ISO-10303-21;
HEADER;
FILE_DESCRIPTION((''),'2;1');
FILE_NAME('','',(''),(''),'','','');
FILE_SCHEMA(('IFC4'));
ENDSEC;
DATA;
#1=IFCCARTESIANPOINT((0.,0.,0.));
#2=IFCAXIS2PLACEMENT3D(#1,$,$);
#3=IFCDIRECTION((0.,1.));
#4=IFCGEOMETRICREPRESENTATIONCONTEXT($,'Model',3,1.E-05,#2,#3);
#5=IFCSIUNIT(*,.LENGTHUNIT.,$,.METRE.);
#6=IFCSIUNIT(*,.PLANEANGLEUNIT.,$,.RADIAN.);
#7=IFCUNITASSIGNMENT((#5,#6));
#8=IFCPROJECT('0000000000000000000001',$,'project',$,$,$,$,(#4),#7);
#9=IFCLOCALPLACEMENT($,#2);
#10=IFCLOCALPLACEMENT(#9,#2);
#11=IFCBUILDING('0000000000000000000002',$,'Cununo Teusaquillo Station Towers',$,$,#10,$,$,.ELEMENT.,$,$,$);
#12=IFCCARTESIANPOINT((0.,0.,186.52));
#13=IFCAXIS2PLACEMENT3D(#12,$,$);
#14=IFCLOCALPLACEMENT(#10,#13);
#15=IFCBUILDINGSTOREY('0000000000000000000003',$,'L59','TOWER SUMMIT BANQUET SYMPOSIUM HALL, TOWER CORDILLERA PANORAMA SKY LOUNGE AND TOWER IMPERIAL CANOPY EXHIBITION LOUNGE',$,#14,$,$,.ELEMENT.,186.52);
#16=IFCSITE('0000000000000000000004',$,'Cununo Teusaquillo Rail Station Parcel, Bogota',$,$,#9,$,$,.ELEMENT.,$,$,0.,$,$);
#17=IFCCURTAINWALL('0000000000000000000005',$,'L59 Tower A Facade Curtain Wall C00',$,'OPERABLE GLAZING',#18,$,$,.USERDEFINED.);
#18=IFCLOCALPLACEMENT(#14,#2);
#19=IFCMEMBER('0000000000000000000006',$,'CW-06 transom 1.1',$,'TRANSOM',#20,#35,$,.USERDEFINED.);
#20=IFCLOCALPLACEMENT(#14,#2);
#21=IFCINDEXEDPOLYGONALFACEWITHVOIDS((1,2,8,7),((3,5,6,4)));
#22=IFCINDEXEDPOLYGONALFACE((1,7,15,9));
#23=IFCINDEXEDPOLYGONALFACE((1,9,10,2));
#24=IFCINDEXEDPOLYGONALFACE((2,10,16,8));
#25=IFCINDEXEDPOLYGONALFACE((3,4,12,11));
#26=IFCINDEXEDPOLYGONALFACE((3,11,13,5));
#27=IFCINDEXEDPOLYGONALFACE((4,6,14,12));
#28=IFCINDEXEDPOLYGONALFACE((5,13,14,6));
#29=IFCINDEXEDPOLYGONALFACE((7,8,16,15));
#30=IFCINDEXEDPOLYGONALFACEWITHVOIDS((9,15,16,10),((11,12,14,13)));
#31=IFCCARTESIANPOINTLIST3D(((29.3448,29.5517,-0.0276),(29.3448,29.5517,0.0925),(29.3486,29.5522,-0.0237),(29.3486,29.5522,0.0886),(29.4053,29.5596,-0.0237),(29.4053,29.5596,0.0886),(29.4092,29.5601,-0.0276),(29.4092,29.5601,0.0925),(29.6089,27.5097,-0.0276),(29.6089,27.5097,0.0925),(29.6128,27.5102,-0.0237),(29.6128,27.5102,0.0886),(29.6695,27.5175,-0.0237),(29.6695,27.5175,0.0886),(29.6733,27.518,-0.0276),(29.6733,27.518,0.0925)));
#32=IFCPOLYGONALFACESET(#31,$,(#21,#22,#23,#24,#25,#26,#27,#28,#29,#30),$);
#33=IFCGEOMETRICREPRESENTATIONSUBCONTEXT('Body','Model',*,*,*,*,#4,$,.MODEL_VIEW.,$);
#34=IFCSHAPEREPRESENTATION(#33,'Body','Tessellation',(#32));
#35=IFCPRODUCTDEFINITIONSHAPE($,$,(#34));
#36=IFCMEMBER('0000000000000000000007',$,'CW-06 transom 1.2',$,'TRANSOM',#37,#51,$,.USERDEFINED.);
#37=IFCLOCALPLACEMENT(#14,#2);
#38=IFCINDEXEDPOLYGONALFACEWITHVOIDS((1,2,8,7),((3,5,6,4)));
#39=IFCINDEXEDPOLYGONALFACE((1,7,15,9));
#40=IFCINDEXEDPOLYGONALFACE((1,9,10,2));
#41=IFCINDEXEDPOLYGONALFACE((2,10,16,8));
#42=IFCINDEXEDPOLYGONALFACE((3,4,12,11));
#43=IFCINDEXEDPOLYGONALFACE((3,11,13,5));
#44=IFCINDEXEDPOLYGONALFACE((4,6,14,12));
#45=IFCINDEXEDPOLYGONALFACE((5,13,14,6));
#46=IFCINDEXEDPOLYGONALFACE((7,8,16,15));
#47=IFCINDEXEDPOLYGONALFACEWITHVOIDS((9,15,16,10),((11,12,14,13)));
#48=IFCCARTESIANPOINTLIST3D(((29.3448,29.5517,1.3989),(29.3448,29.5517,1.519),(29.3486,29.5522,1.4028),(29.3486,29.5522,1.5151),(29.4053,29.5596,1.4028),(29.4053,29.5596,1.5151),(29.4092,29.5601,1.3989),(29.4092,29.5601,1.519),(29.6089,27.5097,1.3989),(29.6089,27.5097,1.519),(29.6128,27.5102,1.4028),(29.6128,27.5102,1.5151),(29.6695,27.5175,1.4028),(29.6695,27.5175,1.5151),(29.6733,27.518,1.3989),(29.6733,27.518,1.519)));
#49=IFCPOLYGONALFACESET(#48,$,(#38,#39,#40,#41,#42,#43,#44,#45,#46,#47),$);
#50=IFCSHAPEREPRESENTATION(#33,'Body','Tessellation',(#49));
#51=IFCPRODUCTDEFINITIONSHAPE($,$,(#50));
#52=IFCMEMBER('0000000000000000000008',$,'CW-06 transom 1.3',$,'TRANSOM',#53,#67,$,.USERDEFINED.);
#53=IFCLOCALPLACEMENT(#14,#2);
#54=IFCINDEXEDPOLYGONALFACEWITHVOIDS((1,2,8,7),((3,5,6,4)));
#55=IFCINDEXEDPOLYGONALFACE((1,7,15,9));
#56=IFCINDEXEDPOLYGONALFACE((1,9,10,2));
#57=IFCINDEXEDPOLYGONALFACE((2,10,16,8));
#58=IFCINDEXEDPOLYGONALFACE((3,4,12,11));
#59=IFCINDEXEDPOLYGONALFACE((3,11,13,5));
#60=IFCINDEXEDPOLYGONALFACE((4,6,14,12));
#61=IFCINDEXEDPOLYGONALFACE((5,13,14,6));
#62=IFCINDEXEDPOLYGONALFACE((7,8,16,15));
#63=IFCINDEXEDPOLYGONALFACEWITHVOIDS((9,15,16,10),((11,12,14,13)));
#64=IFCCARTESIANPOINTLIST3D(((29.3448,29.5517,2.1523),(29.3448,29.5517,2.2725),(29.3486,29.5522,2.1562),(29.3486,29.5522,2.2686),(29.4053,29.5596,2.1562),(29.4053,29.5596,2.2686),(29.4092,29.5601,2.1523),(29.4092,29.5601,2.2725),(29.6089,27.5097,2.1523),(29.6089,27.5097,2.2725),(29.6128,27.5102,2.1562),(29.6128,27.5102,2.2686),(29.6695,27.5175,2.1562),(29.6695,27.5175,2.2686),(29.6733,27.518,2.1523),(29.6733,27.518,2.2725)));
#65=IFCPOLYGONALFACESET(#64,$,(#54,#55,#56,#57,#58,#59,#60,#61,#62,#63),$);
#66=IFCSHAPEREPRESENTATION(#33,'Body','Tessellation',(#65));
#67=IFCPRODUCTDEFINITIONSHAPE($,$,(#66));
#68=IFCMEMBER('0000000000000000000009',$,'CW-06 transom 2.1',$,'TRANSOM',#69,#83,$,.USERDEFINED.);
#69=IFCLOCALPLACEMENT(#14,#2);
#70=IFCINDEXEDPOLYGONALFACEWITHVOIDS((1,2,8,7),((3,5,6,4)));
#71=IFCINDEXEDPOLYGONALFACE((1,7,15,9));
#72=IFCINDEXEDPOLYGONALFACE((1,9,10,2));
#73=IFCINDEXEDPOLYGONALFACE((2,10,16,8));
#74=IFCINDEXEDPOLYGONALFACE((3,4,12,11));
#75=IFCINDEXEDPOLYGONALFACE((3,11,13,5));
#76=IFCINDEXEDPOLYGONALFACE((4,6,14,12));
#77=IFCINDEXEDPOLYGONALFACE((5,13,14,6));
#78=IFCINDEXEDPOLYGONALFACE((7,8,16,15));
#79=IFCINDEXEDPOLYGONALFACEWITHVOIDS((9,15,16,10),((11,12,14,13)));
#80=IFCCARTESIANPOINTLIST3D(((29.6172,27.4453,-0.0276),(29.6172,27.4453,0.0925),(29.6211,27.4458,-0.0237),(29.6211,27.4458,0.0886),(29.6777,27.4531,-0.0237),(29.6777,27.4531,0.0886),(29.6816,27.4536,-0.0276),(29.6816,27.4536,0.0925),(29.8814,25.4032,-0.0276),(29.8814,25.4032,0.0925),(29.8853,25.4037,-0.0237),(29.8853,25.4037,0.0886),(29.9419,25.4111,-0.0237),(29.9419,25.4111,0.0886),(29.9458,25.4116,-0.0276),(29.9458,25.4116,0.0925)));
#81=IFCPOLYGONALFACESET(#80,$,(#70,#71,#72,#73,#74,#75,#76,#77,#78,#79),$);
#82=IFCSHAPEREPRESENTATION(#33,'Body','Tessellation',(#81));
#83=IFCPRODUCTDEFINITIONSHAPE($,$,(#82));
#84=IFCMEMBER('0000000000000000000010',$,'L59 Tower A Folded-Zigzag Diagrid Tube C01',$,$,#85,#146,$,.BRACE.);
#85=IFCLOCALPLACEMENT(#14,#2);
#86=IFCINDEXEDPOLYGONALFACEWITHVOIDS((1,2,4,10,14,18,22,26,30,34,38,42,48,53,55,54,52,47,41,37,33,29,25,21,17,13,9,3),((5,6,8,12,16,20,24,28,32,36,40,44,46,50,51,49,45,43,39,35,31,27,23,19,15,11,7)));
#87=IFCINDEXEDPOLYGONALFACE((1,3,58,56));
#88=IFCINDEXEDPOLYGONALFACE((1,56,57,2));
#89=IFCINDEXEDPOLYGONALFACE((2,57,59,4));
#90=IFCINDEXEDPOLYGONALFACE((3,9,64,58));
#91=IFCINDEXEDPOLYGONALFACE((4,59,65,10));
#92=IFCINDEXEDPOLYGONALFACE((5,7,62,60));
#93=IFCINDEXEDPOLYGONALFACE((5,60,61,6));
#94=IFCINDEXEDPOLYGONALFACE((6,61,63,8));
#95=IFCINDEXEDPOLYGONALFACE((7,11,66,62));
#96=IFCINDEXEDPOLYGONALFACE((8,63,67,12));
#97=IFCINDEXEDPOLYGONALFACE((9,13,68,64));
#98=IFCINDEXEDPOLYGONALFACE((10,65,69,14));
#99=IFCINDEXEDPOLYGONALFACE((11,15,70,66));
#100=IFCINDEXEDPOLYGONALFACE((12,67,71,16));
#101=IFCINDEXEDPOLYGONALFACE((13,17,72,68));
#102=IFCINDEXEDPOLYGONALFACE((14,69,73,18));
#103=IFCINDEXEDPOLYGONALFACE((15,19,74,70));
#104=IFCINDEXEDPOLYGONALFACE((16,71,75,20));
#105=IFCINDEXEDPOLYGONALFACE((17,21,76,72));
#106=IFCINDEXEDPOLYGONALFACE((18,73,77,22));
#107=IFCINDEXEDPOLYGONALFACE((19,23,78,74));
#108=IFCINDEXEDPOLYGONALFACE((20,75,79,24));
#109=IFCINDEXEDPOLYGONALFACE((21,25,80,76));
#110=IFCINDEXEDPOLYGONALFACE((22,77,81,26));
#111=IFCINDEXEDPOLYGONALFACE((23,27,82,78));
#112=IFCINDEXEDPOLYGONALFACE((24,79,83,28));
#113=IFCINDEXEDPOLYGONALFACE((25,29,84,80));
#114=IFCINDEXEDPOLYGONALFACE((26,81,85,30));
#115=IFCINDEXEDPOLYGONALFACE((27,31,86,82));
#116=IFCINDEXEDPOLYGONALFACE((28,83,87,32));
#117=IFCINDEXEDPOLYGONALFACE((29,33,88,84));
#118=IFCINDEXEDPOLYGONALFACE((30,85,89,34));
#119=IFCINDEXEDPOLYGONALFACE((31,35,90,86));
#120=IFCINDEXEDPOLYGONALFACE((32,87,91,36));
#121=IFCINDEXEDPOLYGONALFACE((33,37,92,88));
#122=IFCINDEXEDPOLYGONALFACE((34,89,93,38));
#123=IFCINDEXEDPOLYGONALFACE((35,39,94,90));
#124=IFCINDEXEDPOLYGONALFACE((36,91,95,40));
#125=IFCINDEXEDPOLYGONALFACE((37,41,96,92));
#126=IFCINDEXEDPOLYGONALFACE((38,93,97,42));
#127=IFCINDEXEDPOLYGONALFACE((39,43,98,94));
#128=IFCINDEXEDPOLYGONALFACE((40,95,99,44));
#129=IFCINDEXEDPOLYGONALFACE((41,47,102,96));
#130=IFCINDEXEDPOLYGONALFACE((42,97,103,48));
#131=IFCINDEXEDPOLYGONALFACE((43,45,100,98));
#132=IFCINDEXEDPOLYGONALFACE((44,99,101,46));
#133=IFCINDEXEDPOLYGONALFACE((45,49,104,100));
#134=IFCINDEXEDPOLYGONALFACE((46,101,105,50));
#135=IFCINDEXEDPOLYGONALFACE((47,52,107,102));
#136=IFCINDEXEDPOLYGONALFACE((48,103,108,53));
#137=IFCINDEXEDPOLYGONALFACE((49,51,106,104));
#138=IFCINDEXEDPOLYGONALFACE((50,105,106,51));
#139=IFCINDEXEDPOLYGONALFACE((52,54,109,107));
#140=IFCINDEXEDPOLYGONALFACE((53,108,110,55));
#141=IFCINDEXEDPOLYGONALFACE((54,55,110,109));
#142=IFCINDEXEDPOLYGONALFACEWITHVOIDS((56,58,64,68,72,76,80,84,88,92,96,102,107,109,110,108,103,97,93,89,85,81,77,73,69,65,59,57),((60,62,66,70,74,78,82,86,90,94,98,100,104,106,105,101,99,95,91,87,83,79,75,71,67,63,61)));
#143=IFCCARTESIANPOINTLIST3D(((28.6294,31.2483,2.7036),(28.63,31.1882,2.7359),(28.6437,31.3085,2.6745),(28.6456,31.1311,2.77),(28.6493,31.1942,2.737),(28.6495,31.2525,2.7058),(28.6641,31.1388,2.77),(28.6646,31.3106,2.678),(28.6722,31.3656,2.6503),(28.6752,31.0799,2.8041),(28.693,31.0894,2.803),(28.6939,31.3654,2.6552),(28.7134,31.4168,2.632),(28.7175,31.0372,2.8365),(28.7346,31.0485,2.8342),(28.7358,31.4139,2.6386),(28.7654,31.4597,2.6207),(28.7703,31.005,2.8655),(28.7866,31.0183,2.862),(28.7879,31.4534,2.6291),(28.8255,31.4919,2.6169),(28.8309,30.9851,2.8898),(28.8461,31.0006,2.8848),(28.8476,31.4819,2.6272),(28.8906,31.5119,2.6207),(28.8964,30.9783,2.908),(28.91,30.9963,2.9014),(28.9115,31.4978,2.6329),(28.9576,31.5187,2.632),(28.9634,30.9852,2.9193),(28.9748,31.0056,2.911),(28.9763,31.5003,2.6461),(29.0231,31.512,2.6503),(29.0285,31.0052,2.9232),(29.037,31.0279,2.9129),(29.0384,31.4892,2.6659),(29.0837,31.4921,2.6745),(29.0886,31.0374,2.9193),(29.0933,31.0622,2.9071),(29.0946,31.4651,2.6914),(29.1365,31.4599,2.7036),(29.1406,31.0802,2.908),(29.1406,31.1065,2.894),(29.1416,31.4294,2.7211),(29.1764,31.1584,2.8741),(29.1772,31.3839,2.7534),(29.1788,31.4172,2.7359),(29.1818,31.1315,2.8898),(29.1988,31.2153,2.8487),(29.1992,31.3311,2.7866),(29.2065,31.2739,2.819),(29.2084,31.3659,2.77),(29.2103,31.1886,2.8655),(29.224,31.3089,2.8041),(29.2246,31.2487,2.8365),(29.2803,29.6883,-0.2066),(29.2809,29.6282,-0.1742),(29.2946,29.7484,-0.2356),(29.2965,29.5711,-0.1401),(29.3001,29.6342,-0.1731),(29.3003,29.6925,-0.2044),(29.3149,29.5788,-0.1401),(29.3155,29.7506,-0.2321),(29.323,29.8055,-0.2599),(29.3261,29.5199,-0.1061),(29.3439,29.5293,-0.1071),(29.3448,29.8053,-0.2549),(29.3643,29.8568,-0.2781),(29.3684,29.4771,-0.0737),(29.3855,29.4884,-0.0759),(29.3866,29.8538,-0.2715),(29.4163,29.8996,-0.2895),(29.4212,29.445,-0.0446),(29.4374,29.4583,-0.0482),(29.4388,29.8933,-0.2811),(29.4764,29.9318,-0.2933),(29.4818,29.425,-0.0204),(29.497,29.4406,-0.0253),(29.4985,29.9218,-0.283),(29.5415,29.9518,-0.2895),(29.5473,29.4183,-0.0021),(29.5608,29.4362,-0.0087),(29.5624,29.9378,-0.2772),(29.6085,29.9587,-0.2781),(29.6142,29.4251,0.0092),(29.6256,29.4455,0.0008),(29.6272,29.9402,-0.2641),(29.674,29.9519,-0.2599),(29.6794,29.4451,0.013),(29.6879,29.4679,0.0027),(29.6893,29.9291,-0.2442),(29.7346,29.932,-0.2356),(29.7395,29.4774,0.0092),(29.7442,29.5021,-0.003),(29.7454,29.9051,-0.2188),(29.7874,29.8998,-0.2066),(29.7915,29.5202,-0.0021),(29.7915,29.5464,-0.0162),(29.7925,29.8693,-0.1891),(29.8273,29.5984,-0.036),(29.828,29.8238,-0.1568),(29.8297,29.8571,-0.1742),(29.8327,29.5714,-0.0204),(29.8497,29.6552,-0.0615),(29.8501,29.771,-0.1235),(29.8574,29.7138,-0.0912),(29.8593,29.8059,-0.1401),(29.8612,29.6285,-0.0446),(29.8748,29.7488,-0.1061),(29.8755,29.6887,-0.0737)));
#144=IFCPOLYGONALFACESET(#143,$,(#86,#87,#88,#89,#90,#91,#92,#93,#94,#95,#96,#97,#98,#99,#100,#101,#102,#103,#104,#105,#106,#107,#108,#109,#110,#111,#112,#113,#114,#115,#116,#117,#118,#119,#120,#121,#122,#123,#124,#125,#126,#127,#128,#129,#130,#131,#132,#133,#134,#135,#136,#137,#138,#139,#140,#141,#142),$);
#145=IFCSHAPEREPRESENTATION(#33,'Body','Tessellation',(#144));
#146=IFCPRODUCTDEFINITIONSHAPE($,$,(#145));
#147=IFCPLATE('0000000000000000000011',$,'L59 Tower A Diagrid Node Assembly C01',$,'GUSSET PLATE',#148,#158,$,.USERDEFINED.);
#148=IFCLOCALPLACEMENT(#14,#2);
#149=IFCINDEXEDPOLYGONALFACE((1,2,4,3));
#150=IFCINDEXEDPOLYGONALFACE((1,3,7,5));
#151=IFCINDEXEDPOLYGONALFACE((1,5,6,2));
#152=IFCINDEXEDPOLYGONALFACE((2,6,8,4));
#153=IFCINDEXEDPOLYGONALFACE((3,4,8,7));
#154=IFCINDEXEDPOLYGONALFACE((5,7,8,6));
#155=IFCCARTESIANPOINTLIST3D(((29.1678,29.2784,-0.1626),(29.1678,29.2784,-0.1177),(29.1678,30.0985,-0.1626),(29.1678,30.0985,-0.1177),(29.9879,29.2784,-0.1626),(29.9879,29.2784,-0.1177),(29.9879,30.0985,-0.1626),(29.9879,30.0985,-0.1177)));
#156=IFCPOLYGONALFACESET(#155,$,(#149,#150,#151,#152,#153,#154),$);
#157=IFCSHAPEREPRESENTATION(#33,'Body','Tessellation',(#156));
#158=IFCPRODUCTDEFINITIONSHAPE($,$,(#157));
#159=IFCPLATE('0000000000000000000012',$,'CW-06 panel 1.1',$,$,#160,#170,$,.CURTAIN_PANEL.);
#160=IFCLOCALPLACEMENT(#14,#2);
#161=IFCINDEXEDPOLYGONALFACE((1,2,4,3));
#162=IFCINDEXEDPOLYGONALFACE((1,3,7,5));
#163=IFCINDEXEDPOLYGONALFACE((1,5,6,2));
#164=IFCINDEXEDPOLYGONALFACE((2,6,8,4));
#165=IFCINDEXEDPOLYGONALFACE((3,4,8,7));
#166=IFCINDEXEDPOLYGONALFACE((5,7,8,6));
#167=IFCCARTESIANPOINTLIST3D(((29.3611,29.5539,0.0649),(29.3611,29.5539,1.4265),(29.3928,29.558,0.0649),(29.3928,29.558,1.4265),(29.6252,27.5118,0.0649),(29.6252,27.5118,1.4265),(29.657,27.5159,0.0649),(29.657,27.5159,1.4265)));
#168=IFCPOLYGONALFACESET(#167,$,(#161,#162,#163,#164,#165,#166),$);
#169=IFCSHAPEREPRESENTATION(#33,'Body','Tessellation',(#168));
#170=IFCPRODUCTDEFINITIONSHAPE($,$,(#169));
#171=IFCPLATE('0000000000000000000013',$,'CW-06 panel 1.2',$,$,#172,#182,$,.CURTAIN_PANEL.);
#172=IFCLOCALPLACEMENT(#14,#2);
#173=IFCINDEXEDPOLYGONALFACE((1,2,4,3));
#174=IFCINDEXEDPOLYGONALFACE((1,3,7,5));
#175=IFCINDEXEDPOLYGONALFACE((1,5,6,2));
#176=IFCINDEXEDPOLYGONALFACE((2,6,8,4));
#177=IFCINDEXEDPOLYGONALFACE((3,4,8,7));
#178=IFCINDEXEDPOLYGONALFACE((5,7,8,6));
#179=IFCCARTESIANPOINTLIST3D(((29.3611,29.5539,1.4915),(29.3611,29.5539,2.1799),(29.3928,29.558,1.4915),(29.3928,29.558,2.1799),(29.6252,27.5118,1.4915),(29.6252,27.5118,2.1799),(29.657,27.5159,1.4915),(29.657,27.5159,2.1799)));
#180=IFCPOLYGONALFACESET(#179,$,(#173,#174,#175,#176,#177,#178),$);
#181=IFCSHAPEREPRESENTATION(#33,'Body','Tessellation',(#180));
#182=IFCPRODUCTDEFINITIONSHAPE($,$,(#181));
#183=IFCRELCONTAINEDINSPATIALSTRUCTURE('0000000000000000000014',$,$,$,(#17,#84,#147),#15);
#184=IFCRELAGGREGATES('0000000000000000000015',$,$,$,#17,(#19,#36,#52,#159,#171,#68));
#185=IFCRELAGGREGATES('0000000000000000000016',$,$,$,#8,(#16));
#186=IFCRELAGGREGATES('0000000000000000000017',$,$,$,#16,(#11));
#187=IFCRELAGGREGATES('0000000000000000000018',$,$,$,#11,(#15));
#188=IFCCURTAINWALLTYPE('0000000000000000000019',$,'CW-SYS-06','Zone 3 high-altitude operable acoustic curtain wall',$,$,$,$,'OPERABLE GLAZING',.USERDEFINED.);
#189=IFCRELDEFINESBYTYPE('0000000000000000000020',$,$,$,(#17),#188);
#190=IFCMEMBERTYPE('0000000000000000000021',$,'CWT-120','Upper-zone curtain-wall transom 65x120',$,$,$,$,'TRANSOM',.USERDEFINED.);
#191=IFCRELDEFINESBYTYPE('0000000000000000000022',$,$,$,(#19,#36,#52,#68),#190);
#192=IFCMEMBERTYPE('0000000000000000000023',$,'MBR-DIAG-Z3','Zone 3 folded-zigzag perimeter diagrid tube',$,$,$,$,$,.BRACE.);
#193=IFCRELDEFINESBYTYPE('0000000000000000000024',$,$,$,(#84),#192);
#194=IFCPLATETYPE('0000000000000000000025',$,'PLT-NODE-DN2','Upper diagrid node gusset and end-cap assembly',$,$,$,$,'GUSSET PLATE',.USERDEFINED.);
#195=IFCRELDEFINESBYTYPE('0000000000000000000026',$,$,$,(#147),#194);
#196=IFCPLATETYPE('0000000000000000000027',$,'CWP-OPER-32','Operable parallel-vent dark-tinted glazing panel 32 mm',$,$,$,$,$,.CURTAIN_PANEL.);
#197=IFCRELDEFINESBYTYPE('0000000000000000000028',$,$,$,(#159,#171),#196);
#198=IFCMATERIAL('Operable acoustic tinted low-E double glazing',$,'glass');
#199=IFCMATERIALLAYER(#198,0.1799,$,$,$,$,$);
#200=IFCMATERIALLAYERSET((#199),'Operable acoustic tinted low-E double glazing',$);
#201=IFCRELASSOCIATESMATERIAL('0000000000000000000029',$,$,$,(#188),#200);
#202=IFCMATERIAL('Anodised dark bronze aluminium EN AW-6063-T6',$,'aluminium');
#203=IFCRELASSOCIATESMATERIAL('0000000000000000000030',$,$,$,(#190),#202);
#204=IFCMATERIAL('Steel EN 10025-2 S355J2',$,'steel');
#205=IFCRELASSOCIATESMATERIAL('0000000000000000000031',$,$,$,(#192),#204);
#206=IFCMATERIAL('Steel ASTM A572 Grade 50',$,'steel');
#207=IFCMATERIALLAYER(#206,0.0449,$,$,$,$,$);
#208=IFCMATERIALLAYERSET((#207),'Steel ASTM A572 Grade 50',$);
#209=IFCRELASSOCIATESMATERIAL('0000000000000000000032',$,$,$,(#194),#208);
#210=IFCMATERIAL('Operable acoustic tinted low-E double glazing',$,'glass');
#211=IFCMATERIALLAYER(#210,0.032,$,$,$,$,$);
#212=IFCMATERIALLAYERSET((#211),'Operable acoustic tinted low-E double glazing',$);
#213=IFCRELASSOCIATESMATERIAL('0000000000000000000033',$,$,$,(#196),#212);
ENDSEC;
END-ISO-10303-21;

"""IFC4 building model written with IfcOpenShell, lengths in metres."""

from ifc_helpers import new_model, si_unit, direction, frame, origin, origin_2d, place, context, subcontext, project, spatial, rectangle, hollow_rectangle, hollow_circle, extrude, source, transform, mapped, material, layer, layer_set, material_profile, profile_set, type_object, element, aggregate, save


model = new_model("IFC4")

# Units and contexts
model_context = context("Model", 3, precision=1e-05, world=origin(), true_north=direction((0.0, 1.0)))
body_context = subcontext(model_context, "Body", "Model", "MODEL_VIEW")
ifc_project = project(units=[si_unit("LENGTHUNIT", "METRE"), si_unit("PLANEANGLEUNIT", "RADIAN")], contexts=[model_context])

# Site, building, storey
site_placement = place(None, origin())
site = spatial("IfcSite", under=ifc_project, at=site_placement, Name="Cununo Teusaquillo Rail Station Parcel, Bogota", CompositionType="ELEMENT", RefElevation=0.0)
building_placement = place(site_placement, origin())
building = spatial("IfcBuilding", under=site, at=building_placement, Name="Cununo Teusaquillo Station Towers", CompositionType="ELEMENT")
storey_placement = place(building_placement, frame((0.0, 0.0, 186.52)))
storey = spatial("IfcBuildingStorey", under=building, at=storey_placement, Name="L59", Description="TOWER SUMMIT BANQUET SYMPOSIUM HALL, TOWER CORDILLERA PANORAMA SKY LOUNGE AND TOWER IMPERIAL CANOPY EXHIBITION LOUNGE", CompositionType="ELEMENT", Elevation=186.52)

# Curtain wall, members
ifc_material_1 = material(Name="Operable acoustic tinted low-E double glazing", Category="glass")
ifc_layer_1 = layer(ifc_material_1, 0.1799)
ifc_layer_set_1 = layer_set([ifc_layer_1], Name="Operable acoustic tinted low-E double glazing")
curtain_wall_type = type_object("IfcCurtainWallType", Name="CW-SYS-06", Description="Zone 3 high-altitude operable acoustic curtain wall", ElementType="OPERABLE GLAZING", PredefinedType="USERDEFINED", material=ifc_layer_set_1)
curtain_wall_placement = place(storey_placement, origin())
curtain_wall = element("IfcCurtainWall", 1, at=curtain_wall_placement, inside=storey, type_object=curtain_wall_type, Name="L59 Tower A Facade Curtain Wall C00", ObjectType="OPERABLE GLAZING", PredefinedType="USERDEFINED")
ifc_material_2 = material(Name="Anodised dark bronze aluminium EN AW-6063-T6", Category="aluminium")
ifc_material_profile_1 = material_profile(ifc_material_2, hollow_rectangle(XDim=0.0649, YDim=0.1201, WallThickness=0.0039, at=origin_2d()), Name="CW-TRAN-65x120")
ifc_profile_set_1 = profile_set([ifc_material_profile_1], Name="Anodised dark bronze aluminium EN AW-6063-T6")
member_type_1 = type_object("IfcMemberType", Name="CWT-120", Description="Upper-zone curtain-wall transom 65x120", ElementType="TRANSOM", PredefinedType="USERDEFINED", material=ifc_profile_set_1)
member_1_placement = place(storey_placement, frame((29.377, 29.5559, 0.0325), z_axis=(0.128295, -0.991736, 0.0), x_axis=(0.991736, 0.128295, 0.0)))
member_1 = element("IfcMember", 2, at=member_1_placement, type_object=member_type_1, Name="CW-06 transom 1.1", ObjectType="TRANSOM", PredefinedType="USERDEFINED", context=body_context, shape_type="SweptSolid", body=[
    extrude(hollow_rectangle(XDim=0.0649, YDim=0.1201, WallThickness=0.0039, at=origin_2d()), origin(), (0.0, 0.0, 1.0), 2.0591),
])
member_2_placement = place(storey_placement, frame((29.377, 29.5559, 1.459), z_axis=(0.128295, -0.991736, 0.0), x_axis=(0.991736, 0.128295, 0.0)))
member_2 = element("IfcMember", 3, at=member_2_placement, type_object=member_type_1, Name="CW-06 transom 1.2", ObjectType="TRANSOM", PredefinedType="USERDEFINED", context=body_context, shape_type="SweptSolid", body=[
    extrude(hollow_rectangle(XDim=0.0649, YDim=0.1201, WallThickness=0.0039, at=origin_2d()), origin(), (0.0, 0.0, 1.0), 2.0591),
])
member_3_placement = place(storey_placement, frame((29.377, 29.5559, 2.2124), z_axis=(0.128295, -0.991736, 0.0), x_axis=(0.991736, 0.128295, 0.0)))
member_3 = element("IfcMember", 4, at=member_3_placement, type_object=member_type_1, Name="CW-06 transom 1.3", ObjectType="TRANSOM", PredefinedType="USERDEFINED", context=body_context, shape_type="SweptSolid", body=[
    extrude(hollow_rectangle(XDim=0.0649, YDim=0.1201, WallThickness=0.0039, at=origin_2d()), origin(), (0.0, 0.0, 1.0), 2.0591),
])
member_4_placement = place(storey_placement, frame((29.6494, 27.4495, 0.0325), z_axis=(0.128295, -0.991736, 0.0), x_axis=(0.991736, 0.128295, 0.0)))
member_4 = element("IfcMember", 5, at=member_4_placement, type_object=member_type_1, Name="CW-06 transom 2.1", ObjectType="TRANSOM", PredefinedType="USERDEFINED", context=body_context, shape_type="SweptSolid", body=[
    extrude(hollow_rectangle(XDim=0.0649, YDim=0.1201, WallThickness=0.0039, at=origin_2d()), origin(), (0.0, 0.0, 1.0), 2.0591),
])

# Member
ifc_material_3 = material(Name="Steel EN 10025-2 S355J2", Category="steel")
ifc_material_profile_2 = material_profile(ifc_material_3, hollow_circle(Radius=0.3049, WallThickness=0.02, at=origin_2d()), Name="CHS 610x20")
ifc_profile_set_2 = profile_set([ifc_material_profile_2], Name="Steel EN 10025-2 S355J2")
member_type_2 = type_object("IfcMemberType", Name="MBR-DIAG-Z3", Description="Zone 3 folded-zigzag perimeter diagrid tube", PredefinedType="BRACE", material=ifc_profile_set_2)
member_5_placement = place(storey_placement, frame((29.5779, 29.6885, -0.1401), z_axis=(-0.193399, 0.463548, 0.864708), x_axis=(-0.922897, -0.385046, 0.0)))
element("IfcMember", 6, at=member_5_placement, inside=storey, type_object=member_type_2, Name="L59 Tower A Folded-Zigzag Diagrid Tube C01", PredefinedType="BRACE", context=body_context, shape_type="SweptSolid", body=[
    extrude(hollow_circle(Radius=0.3049, WallThickness=0.02, at=origin_2d()), origin(), (0.0, 0.0, 1.0), 3.3655),
])

# Plates
ifc_material_4 = material(Name="Steel ASTM A572 Grade 50", Category="steel")
ifc_layer_2 = layer(ifc_material_4, 0.0449)
ifc_layer_set_2 = layer_set([ifc_layer_2], Name="Steel ASTM A572 Grade 50")
plate_type_1 = type_object("IfcPlateType", Name="PLT-NODE-DN2", Description="Upper diagrid node gusset and end-cap assembly", ElementType="GUSSET PLATE", PredefinedType="USERDEFINED", material=ifc_layer_set_2)
shared_shape_1 = source(origin(), body_context, "Body", "SweptSolid", [
    extrude(rectangle(XDim=0.8201, YDim=0.8201, at=origin_2d()), origin(), (0.0, 0.0, 1.0), 0.0449),
])
plate_1_placement = place(storey_placement, frame((29.5779, 29.6885, -0.1626), z_axis=(0.0, 0.0, 1.0), x_axis=(1.0, 0.0, 0.0)))
element("IfcPlate", 7, at=plate_1_placement, inside=storey, type_object=plate_type_1, Name="L59 Tower A Diagrid Node Assembly C01", ObjectType="GUSSET PLATE", PredefinedType="USERDEFINED", context=body_context, shape_type="MappedRepresentation", body=[
    mapped(shared_shape_1, transform((0.0, 0.0, 0.0), x_axis=(1.0, 0.0, 0.0), y_axis=(0.0, 1.0, 0.0), z_axis=(0.0, 0.0, 1.0), scale=1.0)),
])
ifc_material_5 = material(Name="Operable acoustic tinted low-E double glazing", Category="glass")
ifc_layer_3 = layer(ifc_material_5, 0.032)
ifc_layer_set_3 = layer_set([ifc_layer_3], Name="Operable acoustic tinted low-E double glazing")
plate_type_2 = type_object("IfcPlateType", Name="CWP-OPER-32", Description="Operable parallel-vent dark-tinted glazing panel 32 mm", PredefinedType="CURTAIN_PANEL", material=ifc_layer_set_3)
shared_shape_2 = source(origin(), body_context, "Body", "SweptSolid", [
    extrude(rectangle(XDim=2.0591, YDim=0.032, at=origin_2d()), origin(), (0.0, 0.0, 1.0), 1.3616),
])
plate_2_placement = place(storey_placement, frame((29.509, 28.5349, 0.0649), z_axis=(0.0, 0.0, 1.0), x_axis=(0.128285, -0.991737, 0.0)))
plate_2 = element("IfcPlate", 8, at=plate_2_placement, type_object=plate_type_2, Name="CW-06 panel 1.1", PredefinedType="CURTAIN_PANEL", context=body_context, shape_type="MappedRepresentation", body=[
    mapped(shared_shape_2, transform((0.0, 0.0, 0.0), x_axis=(1.0, 0.0, 0.0), y_axis=(0.0, 1.0, 0.0), z_axis=(0.0, 0.0, 1.0), scale=1.0)),
])
shared_shape_3 = source(origin(), body_context, "Body", "SweptSolid", [
    extrude(rectangle(XDim=2.0591, YDim=0.032, at=origin_2d()), origin(), (0.0, 0.0, 1.0), 0.6885),
])
plate_3_placement = place(storey_placement, frame((29.509, 28.5349, 1.4915), z_axis=(0.0, 0.0, 1.0), x_axis=(0.128285, -0.991737, 0.0)))
plate_3 = element("IfcPlate", 9, at=plate_3_placement, type_object=plate_type_2, Name="CW-06 panel 1.2", PredefinedType="CURTAIN_PANEL", context=body_context, shape_type="MappedRepresentation", body=[
    mapped(shared_shape_3, transform((0.0, 0.0, 0.0), x_axis=(1.0, 0.0, 0.0), y_axis=(0.0, 1.0, 0.0), z_axis=(0.0, 0.0, 1.0), scale=1.0)),
])
aggregate(curtain_wall, [member_1, member_2, member_3, plate_2, plate_3, member_4])

save(model, "model.ifc")
